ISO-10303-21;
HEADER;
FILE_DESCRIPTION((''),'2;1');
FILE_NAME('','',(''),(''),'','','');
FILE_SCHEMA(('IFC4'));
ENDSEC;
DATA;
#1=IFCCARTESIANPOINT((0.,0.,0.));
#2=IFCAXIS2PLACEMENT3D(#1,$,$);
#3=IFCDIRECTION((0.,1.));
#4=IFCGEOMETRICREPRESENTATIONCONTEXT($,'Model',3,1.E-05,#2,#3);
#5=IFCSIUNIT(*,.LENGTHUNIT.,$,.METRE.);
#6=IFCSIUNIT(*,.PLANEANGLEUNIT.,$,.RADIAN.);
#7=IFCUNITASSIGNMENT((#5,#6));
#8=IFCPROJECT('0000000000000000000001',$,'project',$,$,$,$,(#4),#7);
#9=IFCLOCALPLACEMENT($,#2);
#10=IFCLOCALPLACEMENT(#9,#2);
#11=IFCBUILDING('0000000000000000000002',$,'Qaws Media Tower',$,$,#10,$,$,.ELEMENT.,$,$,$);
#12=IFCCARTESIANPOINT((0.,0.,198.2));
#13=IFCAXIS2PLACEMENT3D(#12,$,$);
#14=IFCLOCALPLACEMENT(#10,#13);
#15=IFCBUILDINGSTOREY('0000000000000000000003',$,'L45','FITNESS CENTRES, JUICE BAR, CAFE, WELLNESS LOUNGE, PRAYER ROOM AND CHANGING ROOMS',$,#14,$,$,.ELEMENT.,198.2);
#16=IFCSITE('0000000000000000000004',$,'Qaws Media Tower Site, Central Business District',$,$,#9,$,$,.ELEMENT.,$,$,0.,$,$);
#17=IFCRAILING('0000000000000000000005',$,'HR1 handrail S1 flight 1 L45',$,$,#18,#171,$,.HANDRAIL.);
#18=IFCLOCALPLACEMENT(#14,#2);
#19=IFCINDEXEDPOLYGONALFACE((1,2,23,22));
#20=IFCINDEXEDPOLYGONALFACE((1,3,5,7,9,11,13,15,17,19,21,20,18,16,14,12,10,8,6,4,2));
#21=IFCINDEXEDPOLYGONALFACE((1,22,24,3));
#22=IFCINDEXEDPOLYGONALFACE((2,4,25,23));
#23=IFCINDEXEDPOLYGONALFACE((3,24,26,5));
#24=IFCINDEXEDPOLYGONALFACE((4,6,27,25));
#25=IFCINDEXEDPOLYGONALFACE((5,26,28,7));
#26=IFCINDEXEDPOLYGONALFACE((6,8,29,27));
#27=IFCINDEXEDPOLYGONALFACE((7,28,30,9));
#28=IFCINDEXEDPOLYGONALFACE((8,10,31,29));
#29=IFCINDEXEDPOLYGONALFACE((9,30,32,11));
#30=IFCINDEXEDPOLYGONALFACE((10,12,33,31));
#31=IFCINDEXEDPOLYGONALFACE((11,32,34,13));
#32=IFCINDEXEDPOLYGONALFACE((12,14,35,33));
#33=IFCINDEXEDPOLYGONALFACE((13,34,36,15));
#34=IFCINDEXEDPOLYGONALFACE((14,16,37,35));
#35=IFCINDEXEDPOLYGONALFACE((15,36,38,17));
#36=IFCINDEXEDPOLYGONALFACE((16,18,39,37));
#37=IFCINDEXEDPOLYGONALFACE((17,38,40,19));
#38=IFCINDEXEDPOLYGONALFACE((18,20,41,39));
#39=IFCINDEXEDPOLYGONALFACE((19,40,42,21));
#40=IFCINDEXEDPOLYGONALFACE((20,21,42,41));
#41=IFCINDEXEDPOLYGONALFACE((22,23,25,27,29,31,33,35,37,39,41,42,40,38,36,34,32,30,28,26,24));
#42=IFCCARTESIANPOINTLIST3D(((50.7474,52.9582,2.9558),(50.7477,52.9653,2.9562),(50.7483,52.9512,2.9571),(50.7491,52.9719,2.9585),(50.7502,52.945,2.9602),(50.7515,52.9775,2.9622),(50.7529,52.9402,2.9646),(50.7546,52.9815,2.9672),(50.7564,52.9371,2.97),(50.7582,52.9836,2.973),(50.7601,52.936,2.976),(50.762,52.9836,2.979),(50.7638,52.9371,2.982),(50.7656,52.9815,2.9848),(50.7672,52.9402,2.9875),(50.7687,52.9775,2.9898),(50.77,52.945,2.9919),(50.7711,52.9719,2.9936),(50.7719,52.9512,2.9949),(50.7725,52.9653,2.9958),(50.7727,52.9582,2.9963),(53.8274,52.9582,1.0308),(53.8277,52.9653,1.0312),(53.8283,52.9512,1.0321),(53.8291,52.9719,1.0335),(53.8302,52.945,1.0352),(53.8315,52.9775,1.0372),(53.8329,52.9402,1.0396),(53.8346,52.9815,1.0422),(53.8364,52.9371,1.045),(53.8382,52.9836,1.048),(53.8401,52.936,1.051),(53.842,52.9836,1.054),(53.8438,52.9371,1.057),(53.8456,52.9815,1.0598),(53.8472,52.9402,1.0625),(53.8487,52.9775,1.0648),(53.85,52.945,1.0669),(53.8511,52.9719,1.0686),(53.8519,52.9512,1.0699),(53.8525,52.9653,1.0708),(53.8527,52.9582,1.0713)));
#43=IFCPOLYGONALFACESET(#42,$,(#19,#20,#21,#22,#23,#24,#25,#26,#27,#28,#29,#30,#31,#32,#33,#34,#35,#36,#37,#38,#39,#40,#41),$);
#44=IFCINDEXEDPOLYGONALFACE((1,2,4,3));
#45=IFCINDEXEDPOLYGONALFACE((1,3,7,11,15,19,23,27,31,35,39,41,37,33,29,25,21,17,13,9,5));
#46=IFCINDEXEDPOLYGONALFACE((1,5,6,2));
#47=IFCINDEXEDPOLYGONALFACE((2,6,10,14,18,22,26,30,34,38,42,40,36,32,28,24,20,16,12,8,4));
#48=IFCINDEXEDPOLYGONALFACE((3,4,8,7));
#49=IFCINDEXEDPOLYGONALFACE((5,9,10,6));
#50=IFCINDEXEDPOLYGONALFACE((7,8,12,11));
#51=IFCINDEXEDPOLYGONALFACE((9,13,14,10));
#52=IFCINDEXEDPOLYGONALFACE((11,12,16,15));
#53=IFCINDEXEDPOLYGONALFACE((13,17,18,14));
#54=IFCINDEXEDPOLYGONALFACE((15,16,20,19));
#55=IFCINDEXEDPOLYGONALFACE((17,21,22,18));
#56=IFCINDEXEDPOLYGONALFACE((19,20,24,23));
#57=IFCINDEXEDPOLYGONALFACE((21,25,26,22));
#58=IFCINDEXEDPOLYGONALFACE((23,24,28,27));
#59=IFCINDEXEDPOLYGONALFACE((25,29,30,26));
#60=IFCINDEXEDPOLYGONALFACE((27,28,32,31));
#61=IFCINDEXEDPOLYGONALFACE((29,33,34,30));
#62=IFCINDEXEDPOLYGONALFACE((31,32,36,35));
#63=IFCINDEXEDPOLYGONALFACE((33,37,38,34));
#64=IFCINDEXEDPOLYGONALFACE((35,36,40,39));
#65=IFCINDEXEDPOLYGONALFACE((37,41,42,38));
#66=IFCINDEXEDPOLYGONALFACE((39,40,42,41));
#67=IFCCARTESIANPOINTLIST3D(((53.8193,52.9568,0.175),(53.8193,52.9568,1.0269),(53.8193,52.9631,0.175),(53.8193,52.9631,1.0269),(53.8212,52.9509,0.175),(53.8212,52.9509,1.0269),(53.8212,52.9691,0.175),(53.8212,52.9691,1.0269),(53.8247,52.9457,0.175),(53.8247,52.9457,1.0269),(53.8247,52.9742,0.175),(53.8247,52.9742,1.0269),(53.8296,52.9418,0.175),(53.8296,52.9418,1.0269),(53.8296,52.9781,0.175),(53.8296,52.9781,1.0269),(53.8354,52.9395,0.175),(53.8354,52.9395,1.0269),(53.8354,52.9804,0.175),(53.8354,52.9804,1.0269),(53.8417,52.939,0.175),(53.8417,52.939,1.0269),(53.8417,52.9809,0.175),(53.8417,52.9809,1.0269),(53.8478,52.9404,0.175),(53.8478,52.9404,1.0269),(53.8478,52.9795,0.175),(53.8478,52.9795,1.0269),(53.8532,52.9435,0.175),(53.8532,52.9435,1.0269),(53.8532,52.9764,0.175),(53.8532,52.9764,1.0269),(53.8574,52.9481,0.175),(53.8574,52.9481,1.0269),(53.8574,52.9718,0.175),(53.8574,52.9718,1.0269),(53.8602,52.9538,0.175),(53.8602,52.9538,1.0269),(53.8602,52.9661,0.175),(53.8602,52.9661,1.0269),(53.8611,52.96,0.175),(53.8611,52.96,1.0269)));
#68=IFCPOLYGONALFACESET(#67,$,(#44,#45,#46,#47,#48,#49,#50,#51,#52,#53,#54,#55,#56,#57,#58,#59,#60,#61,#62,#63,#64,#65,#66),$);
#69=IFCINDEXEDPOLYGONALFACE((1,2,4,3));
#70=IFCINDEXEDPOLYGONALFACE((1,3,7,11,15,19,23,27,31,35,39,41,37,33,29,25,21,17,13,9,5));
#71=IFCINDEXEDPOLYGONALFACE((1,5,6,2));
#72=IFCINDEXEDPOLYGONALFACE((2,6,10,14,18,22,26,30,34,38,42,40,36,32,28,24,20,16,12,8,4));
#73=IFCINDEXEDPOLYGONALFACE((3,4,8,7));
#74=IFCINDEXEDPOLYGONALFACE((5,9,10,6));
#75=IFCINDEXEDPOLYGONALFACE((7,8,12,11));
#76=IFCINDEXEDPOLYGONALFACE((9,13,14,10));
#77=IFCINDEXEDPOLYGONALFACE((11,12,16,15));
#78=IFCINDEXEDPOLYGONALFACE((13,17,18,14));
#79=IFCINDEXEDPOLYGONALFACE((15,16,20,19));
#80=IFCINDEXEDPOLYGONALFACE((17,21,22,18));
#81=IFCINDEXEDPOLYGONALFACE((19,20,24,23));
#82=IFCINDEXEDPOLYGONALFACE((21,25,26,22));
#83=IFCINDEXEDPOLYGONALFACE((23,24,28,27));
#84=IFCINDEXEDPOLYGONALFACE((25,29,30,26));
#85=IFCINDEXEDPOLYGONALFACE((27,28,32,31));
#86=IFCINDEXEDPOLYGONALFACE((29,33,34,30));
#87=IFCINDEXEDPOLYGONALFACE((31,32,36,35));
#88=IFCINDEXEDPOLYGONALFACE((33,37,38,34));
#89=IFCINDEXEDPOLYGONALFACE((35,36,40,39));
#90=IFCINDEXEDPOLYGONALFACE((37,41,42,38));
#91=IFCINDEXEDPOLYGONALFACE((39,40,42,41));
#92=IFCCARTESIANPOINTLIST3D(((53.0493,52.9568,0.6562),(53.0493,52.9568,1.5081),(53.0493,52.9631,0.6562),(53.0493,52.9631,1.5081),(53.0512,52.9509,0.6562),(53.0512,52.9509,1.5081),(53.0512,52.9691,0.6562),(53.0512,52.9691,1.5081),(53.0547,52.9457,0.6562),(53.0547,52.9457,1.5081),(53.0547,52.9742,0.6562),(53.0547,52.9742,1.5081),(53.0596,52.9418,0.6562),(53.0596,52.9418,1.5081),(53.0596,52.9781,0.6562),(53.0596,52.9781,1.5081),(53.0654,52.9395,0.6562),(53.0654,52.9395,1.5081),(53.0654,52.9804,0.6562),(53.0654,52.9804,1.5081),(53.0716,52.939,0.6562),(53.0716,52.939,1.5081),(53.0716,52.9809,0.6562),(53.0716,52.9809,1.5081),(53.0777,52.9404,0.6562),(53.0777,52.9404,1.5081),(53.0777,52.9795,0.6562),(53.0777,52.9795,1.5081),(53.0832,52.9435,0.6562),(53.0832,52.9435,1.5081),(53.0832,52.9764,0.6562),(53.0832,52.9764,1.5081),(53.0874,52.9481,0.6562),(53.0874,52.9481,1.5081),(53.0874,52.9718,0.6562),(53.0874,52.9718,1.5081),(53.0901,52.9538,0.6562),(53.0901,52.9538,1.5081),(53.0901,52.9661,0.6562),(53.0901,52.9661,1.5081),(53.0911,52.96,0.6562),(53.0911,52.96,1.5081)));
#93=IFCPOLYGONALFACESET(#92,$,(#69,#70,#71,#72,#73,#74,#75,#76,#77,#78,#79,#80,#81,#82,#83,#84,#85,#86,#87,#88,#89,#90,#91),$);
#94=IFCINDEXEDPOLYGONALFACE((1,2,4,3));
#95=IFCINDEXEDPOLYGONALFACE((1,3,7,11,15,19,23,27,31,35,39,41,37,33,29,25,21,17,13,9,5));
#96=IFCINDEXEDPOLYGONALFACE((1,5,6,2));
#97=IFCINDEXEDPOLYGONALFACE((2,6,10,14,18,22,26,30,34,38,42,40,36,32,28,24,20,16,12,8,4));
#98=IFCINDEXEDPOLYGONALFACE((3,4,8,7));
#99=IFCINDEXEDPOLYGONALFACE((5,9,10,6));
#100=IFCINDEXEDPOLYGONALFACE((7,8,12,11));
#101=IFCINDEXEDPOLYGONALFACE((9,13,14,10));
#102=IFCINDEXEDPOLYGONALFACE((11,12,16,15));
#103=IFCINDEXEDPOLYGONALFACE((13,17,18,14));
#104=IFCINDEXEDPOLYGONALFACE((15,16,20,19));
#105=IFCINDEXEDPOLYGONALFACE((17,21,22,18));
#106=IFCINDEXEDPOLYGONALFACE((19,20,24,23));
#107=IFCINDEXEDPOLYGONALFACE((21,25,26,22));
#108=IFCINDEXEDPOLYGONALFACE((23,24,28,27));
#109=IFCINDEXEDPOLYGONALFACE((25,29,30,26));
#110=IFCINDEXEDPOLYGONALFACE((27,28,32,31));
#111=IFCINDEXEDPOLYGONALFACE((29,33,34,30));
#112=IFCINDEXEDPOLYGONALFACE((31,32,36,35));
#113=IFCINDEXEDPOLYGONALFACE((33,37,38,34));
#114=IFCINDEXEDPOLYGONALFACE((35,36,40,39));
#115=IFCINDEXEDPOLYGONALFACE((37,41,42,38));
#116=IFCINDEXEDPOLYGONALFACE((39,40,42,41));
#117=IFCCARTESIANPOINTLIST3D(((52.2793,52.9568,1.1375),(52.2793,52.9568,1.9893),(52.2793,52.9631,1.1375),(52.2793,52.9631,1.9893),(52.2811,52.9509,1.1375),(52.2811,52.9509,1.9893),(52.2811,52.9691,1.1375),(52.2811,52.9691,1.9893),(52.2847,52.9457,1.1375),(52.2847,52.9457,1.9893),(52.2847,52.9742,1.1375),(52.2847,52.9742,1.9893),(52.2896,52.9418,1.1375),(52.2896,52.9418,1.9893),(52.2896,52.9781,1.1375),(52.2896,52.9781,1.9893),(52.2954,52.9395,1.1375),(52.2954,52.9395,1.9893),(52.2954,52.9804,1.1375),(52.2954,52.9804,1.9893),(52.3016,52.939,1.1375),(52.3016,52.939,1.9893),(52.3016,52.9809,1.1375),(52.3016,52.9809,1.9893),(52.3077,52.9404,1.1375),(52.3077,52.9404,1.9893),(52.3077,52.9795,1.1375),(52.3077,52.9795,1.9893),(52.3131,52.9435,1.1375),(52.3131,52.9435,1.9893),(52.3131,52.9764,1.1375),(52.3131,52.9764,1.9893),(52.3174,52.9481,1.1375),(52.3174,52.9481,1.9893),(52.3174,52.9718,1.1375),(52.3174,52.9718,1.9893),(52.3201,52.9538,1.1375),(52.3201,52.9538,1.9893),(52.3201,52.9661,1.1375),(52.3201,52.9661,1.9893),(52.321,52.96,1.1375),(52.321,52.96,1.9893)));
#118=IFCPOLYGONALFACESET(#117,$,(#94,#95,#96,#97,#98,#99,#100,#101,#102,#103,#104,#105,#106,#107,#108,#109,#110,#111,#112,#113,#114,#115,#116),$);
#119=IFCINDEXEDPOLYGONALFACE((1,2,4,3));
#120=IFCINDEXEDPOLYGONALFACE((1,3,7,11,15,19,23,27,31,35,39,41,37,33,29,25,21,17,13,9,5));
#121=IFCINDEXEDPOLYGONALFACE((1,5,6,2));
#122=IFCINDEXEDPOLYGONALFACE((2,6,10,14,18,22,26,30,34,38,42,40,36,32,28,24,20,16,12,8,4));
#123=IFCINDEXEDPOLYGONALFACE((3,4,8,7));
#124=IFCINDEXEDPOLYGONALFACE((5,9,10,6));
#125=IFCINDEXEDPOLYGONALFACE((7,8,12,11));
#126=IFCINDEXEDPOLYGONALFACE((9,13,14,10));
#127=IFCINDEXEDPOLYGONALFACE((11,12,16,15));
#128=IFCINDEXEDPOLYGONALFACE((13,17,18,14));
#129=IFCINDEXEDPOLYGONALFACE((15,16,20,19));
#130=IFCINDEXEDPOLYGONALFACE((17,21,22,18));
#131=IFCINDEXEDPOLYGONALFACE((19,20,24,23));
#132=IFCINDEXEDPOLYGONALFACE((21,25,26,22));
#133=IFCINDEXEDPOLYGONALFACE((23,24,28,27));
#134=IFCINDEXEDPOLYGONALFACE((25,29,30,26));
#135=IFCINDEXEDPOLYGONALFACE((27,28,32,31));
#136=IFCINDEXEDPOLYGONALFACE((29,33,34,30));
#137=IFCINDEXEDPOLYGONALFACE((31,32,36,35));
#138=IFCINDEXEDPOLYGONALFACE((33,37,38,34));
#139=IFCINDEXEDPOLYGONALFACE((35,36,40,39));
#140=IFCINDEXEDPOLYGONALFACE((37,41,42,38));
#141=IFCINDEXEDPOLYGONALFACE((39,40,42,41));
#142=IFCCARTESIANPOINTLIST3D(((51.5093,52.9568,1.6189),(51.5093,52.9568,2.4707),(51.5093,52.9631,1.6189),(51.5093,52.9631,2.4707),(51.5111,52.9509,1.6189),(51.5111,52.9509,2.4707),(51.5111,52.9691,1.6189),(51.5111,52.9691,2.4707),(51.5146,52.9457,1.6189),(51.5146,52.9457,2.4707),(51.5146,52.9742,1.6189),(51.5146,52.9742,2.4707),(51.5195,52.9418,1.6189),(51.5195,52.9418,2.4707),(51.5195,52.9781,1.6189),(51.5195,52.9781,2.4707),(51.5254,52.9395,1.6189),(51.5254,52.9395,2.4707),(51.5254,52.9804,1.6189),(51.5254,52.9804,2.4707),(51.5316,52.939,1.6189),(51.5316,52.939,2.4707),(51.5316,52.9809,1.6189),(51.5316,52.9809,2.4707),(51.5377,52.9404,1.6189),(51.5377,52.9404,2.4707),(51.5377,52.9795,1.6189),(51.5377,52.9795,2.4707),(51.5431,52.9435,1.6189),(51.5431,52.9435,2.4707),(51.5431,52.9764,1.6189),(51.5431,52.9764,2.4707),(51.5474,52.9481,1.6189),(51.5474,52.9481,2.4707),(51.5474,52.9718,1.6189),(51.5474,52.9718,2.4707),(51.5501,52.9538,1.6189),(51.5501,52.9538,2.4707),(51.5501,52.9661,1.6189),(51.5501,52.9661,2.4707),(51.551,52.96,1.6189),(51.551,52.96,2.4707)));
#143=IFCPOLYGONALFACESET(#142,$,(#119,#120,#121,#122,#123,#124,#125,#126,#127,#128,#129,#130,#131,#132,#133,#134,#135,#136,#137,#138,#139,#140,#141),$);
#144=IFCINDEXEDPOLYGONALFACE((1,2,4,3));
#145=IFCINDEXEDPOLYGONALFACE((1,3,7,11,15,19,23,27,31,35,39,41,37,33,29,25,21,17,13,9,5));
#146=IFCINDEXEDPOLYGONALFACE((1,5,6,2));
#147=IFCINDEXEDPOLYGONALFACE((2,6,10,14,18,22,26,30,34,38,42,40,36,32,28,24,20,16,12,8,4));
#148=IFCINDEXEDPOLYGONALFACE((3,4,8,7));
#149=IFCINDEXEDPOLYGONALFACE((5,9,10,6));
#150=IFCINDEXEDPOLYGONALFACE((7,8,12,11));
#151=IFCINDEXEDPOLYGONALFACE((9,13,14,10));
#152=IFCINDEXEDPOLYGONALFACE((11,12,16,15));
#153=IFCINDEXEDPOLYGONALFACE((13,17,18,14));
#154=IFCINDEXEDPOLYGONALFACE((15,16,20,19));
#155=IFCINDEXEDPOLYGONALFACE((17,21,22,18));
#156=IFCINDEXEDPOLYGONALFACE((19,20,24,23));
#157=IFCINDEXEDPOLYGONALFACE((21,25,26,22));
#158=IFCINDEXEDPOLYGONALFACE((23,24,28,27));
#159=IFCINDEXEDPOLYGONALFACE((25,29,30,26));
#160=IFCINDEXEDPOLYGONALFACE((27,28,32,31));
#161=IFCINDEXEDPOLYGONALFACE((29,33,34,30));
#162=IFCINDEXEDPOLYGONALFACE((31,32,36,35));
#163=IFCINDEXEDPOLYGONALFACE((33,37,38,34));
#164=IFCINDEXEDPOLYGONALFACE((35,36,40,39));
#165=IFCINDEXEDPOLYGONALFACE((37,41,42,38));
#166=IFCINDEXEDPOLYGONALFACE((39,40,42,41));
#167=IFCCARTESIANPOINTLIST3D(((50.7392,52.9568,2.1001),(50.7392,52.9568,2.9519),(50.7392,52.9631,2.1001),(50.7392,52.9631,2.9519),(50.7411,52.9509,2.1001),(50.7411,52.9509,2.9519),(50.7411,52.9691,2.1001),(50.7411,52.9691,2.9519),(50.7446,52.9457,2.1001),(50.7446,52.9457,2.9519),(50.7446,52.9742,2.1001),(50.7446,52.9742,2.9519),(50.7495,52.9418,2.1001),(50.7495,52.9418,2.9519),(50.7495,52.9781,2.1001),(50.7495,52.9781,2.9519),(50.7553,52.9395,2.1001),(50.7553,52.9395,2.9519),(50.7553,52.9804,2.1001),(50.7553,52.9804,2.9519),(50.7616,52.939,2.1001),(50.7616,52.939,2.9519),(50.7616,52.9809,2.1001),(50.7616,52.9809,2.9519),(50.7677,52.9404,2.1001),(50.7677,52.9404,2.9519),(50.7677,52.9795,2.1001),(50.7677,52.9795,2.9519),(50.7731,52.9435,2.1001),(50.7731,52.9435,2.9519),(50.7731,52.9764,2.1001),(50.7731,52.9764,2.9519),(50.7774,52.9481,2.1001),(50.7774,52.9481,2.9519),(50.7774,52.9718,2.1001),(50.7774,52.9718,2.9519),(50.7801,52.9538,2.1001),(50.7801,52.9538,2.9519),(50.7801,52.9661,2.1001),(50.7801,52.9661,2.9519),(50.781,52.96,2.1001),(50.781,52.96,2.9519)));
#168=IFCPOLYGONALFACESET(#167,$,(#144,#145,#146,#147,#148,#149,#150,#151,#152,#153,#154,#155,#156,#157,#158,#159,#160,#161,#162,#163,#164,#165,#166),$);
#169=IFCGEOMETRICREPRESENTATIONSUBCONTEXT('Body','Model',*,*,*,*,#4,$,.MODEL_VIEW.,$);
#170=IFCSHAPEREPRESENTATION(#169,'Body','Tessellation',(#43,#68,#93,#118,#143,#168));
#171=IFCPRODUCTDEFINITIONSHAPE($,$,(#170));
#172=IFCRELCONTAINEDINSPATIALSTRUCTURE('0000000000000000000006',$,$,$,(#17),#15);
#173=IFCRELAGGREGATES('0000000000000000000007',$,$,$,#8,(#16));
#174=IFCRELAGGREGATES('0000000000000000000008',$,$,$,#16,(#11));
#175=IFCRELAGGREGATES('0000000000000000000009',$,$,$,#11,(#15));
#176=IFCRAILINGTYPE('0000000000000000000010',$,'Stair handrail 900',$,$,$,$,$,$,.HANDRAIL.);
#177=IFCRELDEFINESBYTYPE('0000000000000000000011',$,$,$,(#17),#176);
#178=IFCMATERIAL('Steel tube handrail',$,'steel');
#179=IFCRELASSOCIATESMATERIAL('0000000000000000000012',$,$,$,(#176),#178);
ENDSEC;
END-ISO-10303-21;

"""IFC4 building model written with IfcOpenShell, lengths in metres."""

from ifc_helpers import new_model, si_unit, direction, frame, origin, origin_2d, place, context, subcontext, project, spatial, circle, extrude, material, type_object, element, save


model = new_model("IFC4")

# Units and contexts
model_context = context("Model", 3, precision=1e-05, world=origin(), true_north=direction((0.0, 1.0)))
body_context = subcontext(model_context, "Body", "Model", "MODEL_VIEW")
ifc_project = project(units=[si_unit("LENGTHUNIT", "METRE"), si_unit("PLANEANGLEUNIT", "RADIAN")], contexts=[model_context])

# Site, building, storey
site_placement = place(None, origin())
site = spatial("IfcSite", under=ifc_project, at=site_placement, Name="Qaws Media Tower Site, Central Business District", CompositionType="ELEMENT", RefElevation=0.0)
building_placement = place(site_placement, origin())
building = spatial("IfcBuilding", under=site, at=building_placement, Name="Qaws Media Tower", CompositionType="ELEMENT")
storey_placement = place(building_placement, frame((0.0, 0.0, 198.2)))
storey = spatial("IfcBuildingStorey", under=building, at=storey_placement, Name="L45", Description="FITNESS CENTRES, JUICE BAR, CAFE, WELLNESS LOUNGE, PRAYER ROOM AND CHANGING ROOMS", CompositionType="ELEMENT", Elevation=198.2)

# Railing
ifc_material_1 = material(Name="Steel tube handrail", Category="steel")
railing_type = type_object("IfcRailingType", Name="Stair handrail 900", PredefinedType="HANDRAIL", material=ifc_material_1)
for number, where, name in (
    (1, (53.8401, 52.96, 0.175), "HR1 handrail S1 flight 1 L45"),
):
    element("IfcRailing", number, at=place(storey_placement, frame(where)), inside=storey, type_object=railing_type, Name=name, PredefinedType="HANDRAIL", context=body_context, shape_type="SweptSolid", body=[
        extrude(circle(Radius=0.0239, at=origin_2d()), frame((0.0, 0.0, 0.876), z_axis=(-0.847998, 0.0, 0.529999), x_axis=(0.0, -1.0, 0.0)), (0.0, 0.0, 1.0), 3.6321),
        extrude(circle(Radius=0.021, at=origin_2d()), origin(), (0.0, 0.0, 1.0), 0.8518),
        extrude(circle(Radius=0.021, at=origin_2d()), frame((-0.77, 0.0, 0.4812)), (0.0, 0.0, 1.0), 0.8518),
        extrude(circle(Radius=0.021, at=origin_2d()), frame((-1.54, 0.0, 0.9624)), (0.0, 0.0, 1.0), 0.8518),
        extrude(circle(Radius=0.021, at=origin_2d()), frame((-2.3101, 0.0, 1.4438)), (0.0, 0.0, 1.0), 0.8518),
        extrude(circle(Radius=0.021, at=origin_2d()), frame((-3.0801, 0.0, 1.925)), (0.0, 0.0, 1.0), 0.8518),
    ])

save(model, "model.ifc")
